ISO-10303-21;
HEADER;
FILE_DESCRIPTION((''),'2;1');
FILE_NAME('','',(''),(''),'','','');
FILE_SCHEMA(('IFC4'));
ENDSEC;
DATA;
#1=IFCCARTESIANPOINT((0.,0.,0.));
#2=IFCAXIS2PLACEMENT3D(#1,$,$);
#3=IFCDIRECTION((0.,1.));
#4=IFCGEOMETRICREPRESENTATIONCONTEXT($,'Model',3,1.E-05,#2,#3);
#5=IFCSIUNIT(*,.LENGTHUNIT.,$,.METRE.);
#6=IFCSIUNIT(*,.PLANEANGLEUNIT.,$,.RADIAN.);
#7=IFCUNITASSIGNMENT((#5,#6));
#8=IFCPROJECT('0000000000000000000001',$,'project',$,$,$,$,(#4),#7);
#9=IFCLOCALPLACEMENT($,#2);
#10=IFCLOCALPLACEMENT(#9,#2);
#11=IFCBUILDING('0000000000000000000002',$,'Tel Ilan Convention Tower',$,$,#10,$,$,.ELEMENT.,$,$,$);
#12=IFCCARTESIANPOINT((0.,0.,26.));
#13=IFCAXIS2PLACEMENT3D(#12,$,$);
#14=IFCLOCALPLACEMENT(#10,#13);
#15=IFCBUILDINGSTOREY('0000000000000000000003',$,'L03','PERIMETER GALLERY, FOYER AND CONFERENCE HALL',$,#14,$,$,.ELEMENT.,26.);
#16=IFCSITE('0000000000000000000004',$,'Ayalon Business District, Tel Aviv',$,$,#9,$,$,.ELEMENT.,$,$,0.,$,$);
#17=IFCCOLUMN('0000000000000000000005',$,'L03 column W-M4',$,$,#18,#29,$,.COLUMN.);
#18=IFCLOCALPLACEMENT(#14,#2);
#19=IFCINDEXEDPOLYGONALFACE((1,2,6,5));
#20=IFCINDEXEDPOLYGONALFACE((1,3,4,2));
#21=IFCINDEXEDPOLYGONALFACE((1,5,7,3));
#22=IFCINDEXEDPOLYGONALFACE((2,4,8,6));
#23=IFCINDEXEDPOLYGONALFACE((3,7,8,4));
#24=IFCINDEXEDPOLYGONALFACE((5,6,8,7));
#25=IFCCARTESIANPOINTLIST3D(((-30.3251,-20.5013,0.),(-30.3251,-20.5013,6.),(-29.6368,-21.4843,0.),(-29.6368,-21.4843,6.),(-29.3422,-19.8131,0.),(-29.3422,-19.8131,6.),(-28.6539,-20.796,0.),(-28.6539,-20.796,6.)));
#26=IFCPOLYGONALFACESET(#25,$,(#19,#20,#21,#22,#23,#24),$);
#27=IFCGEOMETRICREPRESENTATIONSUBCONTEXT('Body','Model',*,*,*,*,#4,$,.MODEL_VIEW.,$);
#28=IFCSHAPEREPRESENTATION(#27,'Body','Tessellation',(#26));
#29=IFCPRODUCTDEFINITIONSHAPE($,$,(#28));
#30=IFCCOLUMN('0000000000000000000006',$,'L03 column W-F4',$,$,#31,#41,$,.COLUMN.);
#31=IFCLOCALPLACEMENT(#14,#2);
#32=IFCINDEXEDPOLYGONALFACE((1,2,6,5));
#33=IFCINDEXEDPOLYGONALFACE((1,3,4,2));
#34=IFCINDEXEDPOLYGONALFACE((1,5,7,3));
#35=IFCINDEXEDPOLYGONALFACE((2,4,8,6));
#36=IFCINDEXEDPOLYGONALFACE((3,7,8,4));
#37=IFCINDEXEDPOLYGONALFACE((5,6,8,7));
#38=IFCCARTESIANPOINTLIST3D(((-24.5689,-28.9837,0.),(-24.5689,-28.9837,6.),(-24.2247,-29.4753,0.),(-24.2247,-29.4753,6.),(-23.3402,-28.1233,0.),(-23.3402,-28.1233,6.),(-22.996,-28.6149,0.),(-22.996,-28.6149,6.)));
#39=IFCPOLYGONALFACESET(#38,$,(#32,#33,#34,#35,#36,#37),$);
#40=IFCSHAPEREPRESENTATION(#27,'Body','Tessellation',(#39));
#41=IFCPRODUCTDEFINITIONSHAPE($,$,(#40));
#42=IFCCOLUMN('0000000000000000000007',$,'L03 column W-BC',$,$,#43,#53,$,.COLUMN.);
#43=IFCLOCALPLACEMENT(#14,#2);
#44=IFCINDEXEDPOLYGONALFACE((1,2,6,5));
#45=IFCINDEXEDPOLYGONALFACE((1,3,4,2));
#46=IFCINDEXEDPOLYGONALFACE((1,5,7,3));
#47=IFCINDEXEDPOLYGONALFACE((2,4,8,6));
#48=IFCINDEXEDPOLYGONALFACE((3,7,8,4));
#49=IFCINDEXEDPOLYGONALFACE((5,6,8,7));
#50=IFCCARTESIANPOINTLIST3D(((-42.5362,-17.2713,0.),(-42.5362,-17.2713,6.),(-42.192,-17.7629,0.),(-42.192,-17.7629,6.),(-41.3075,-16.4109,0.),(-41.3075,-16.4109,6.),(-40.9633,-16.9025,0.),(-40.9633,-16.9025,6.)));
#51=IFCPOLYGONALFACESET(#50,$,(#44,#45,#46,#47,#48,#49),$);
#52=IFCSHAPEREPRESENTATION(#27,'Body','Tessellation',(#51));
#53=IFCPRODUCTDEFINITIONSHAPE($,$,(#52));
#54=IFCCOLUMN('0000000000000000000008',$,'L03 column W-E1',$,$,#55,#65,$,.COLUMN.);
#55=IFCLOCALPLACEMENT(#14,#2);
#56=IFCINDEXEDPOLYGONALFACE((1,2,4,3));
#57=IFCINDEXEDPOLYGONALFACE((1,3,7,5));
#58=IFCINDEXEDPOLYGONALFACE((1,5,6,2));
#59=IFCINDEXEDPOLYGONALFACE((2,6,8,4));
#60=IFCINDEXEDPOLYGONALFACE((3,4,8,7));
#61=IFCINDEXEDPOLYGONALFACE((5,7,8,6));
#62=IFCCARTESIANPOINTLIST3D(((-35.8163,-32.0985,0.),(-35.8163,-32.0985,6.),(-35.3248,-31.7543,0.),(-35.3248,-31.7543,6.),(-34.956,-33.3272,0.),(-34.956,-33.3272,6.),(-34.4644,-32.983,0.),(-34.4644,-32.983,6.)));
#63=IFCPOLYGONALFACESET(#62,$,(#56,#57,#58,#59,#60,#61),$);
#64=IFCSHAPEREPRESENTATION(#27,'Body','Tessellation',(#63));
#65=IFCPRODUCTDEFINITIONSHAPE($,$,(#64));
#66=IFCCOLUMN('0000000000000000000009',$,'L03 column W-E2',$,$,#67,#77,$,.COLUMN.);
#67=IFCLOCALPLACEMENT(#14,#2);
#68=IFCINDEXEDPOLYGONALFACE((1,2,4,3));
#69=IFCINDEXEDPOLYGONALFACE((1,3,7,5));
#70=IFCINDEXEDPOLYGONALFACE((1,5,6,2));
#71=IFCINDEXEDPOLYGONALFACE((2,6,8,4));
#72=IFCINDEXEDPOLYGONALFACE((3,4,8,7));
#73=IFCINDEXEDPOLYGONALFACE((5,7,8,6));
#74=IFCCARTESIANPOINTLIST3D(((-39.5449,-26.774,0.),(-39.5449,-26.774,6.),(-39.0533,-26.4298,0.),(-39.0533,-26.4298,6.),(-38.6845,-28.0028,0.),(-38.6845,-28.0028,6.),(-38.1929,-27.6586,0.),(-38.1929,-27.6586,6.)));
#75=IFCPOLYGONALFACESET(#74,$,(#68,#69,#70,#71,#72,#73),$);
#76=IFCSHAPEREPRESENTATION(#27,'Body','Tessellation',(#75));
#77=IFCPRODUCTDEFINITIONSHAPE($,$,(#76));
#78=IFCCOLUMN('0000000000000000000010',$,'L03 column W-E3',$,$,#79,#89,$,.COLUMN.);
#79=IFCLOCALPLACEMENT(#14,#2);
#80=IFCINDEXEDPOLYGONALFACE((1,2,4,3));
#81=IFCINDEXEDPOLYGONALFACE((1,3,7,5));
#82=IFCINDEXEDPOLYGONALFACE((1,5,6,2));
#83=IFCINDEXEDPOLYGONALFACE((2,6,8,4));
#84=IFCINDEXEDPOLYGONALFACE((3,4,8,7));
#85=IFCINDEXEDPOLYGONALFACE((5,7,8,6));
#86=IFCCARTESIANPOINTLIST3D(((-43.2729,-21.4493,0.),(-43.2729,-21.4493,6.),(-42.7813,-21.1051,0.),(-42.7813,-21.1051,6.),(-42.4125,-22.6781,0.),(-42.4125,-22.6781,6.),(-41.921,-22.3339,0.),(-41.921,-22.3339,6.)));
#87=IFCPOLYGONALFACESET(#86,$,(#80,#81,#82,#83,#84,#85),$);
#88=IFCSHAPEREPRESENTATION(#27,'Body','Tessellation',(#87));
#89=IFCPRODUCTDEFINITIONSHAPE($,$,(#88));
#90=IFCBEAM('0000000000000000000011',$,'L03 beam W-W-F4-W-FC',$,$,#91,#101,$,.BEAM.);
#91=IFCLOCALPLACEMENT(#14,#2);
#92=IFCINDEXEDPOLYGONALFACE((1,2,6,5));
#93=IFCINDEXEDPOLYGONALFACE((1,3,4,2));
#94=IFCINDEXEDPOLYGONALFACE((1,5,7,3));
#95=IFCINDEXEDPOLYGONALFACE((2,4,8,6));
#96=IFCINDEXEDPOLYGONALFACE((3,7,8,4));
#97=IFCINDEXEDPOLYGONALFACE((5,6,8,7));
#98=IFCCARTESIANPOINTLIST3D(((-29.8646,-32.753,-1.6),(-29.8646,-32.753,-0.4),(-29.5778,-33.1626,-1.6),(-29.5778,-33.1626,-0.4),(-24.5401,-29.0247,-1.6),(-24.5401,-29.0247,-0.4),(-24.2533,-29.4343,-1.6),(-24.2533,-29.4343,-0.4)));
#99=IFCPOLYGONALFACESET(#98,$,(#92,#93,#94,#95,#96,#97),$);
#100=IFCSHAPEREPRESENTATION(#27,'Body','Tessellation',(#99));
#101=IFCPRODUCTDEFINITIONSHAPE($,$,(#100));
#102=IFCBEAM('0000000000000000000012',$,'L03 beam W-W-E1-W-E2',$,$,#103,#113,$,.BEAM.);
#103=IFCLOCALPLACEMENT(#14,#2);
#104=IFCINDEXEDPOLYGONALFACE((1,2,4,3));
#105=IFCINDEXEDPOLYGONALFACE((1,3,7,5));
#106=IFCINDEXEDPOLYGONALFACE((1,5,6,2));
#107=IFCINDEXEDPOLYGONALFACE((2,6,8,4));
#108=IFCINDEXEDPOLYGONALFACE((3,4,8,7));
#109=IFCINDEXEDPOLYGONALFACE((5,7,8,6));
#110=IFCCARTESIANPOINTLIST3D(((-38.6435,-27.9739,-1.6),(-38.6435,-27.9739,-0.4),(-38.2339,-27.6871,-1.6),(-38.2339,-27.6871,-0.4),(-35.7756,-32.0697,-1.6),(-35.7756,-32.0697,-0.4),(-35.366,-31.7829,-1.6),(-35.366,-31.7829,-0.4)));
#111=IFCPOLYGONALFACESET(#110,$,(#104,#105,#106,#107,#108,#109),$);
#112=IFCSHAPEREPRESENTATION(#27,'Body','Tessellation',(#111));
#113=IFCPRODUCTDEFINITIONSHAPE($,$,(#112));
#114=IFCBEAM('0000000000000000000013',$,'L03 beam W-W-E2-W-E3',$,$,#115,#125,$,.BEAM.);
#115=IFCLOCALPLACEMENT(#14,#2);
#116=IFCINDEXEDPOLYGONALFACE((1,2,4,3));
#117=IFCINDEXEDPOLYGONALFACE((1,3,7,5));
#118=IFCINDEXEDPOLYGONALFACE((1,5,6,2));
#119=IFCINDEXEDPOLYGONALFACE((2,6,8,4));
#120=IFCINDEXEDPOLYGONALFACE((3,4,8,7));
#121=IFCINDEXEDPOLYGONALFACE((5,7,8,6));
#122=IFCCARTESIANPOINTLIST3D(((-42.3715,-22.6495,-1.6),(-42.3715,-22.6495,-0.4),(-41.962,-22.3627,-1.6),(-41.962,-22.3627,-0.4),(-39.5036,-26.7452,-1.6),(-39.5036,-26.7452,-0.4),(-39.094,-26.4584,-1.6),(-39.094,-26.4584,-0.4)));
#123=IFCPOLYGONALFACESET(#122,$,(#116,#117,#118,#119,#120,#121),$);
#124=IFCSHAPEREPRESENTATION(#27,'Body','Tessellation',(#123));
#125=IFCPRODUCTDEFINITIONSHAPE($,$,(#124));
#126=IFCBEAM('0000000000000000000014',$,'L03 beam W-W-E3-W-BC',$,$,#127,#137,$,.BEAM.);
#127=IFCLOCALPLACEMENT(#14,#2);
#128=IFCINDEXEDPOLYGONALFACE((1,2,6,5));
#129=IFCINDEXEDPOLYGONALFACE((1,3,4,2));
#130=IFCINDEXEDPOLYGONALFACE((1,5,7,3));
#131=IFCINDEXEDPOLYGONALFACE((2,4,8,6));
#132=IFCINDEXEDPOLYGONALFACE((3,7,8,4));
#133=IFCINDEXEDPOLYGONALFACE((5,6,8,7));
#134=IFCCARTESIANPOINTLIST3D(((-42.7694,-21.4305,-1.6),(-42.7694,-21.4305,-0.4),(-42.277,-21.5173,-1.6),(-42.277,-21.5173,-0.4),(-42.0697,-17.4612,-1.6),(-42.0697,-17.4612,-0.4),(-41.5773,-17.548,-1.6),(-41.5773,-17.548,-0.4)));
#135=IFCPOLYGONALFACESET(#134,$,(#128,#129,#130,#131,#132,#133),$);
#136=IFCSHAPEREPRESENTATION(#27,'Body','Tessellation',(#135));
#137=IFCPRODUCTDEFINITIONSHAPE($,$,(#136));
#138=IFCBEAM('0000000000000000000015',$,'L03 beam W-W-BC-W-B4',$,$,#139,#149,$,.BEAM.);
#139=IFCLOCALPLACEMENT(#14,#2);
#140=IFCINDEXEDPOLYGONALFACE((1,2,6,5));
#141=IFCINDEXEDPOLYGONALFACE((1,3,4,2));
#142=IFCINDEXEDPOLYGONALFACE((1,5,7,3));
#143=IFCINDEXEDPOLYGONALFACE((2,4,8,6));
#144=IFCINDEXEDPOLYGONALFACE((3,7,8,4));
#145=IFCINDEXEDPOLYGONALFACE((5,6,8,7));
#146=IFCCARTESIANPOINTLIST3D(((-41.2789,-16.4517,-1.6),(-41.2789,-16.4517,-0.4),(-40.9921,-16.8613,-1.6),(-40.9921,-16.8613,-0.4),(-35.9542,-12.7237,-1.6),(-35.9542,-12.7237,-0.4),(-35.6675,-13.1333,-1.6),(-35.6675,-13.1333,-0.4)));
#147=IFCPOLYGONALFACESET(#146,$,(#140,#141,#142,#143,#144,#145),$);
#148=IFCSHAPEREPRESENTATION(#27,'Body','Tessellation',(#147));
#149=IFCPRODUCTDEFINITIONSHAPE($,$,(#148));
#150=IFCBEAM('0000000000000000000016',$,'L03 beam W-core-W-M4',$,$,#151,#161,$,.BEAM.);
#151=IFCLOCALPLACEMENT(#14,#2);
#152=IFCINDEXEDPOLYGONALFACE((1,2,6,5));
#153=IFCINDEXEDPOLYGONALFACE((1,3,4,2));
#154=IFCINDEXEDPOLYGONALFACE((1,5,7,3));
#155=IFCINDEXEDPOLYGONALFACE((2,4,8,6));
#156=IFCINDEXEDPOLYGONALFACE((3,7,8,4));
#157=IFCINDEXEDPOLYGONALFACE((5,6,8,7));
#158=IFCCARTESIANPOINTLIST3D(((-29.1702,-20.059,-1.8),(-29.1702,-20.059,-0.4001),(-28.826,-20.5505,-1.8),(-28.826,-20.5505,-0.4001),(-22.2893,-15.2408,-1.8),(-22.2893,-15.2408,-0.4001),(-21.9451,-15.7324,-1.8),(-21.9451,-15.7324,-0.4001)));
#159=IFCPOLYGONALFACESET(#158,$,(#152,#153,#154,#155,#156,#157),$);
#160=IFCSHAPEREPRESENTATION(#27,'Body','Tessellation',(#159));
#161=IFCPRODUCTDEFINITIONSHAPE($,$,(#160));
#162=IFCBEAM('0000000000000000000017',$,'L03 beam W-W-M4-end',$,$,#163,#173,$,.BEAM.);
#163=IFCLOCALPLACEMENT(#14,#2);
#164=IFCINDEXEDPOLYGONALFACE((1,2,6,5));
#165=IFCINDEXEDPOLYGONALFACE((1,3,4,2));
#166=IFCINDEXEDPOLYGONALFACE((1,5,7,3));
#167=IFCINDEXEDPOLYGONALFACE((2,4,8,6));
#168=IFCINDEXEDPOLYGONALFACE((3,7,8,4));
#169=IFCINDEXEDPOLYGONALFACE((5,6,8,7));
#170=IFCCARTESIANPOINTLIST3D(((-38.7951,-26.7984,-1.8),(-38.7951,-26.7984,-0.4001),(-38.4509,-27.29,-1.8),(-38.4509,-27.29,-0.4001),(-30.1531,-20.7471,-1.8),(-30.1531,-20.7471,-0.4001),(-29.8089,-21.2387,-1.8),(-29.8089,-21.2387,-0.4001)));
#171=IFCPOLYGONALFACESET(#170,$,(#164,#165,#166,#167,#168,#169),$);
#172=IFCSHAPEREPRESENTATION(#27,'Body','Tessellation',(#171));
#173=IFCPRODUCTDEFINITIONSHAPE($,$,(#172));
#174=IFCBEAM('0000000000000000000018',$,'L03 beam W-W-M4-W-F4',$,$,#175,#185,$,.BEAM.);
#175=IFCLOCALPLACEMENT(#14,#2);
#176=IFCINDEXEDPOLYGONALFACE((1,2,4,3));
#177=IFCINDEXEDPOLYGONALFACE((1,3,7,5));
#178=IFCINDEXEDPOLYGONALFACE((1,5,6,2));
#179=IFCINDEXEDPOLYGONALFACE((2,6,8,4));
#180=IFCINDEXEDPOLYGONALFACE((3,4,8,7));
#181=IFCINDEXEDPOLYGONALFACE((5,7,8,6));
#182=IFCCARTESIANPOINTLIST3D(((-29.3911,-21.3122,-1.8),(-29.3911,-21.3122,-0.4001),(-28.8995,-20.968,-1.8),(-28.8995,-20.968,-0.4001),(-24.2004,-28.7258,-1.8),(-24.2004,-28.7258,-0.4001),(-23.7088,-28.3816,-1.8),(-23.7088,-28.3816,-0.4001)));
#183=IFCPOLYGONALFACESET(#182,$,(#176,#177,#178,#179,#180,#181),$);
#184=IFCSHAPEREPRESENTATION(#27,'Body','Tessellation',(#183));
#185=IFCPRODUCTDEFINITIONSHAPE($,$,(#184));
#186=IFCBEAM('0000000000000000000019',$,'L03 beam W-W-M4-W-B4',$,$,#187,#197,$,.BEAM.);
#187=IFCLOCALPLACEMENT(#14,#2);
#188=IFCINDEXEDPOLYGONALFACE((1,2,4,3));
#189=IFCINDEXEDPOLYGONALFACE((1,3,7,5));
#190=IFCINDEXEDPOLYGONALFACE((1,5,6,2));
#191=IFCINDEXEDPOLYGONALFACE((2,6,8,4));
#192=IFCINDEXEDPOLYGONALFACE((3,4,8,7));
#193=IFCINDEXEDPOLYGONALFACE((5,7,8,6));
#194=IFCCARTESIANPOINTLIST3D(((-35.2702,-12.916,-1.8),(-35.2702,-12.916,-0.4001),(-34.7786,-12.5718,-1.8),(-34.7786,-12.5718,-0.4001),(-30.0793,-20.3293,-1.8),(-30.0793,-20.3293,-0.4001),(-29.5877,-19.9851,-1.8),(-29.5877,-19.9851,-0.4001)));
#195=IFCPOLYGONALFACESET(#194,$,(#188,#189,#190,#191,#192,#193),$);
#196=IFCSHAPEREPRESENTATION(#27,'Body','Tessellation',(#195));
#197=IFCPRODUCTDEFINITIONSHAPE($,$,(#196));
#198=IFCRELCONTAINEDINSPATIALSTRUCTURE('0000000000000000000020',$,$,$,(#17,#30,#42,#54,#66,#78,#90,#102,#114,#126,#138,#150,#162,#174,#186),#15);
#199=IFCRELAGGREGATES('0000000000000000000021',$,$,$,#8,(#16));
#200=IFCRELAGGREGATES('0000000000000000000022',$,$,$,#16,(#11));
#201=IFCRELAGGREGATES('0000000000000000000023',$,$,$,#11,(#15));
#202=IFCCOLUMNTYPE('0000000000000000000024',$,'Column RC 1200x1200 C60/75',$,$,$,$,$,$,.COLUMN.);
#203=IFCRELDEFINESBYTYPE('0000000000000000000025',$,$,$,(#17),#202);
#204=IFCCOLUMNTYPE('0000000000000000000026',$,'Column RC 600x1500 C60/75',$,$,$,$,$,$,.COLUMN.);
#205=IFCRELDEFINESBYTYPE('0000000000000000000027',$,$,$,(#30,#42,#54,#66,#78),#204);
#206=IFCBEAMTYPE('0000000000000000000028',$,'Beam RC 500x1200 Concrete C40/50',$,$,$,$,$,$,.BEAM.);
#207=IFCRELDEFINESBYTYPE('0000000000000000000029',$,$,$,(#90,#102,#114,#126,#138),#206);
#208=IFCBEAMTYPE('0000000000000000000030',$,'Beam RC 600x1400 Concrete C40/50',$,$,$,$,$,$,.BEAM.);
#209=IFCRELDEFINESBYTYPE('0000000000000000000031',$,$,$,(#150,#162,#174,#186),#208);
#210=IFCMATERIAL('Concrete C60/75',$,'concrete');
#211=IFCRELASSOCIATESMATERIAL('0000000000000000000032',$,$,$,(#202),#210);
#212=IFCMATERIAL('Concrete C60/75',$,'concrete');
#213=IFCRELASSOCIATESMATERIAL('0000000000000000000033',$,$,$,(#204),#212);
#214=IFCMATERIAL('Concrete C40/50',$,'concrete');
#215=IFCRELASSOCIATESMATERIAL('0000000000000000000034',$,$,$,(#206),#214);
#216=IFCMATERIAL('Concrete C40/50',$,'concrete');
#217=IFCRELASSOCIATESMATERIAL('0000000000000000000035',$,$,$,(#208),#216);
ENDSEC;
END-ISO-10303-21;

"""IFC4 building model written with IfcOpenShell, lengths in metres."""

from ifc_helpers import new_model, si_unit, direction, frame, origin, origin_2d, place, context, subcontext, project, spatial, rectangle, extrude, material, material_profile, profile_set, type_object, element, save


model = new_model("IFC4")

# Units and contexts
model_context = context("Model", 3, precision=1e-05, world=origin(), true_north=direction((0.0, 1.0)))
body_context = subcontext(model_context, "Body", "Model", "MODEL_VIEW")
ifc_project = project(units=[si_unit("LENGTHUNIT", "METRE"), si_unit("PLANEANGLEUNIT", "RADIAN")], contexts=[model_context])

# Site, building, storey
site_placement = place(None, origin())
site = spatial("IfcSite", under=ifc_project, at=site_placement, Name="Ayalon Business District, Tel Aviv", CompositionType="ELEMENT", RefElevation=0.0)
building_placement = place(site_placement, origin())
building = spatial("IfcBuilding", under=site, at=building_placement, Name="Tel Ilan Convention Tower", CompositionType="ELEMENT")
storey_placement = place(building_placement, frame((0.0, 0.0, 26.0)))
storey = spatial("IfcBuildingStorey", under=building, at=storey_placement, Name="L03", Description="PERIMETER GALLERY, FOYER AND CONFERENCE HALL", CompositionType="ELEMENT", Elevation=26.0)

# Columns
ifc_material_1 = material(Name="Concrete C60/75", Category="concrete")
ifc_material_profile_1 = material_profile(ifc_material_1, rectangle(XDim=1.2, YDim=1.2, at=origin_2d()), Name="RC 1200x1200")
ifc_profile_set_1 = profile_set([ifc_material_profile_1], Name="Concrete C60/75")
column_type_1 = type_object("IfcColumnType", Name="Column RC 1200x1200 C60/75", PredefinedType="COLUMN", material=ifc_profile_set_1)
column_placement = place(storey_placement, frame((-29.4895, -20.6487, 0.0), z_axis=(0.0, 0.0, 1.0), x_axis=(-0.819152, -0.573576, 0.0)))
element("IfcColumn", 1, at=column_placement, inside=storey, type_object=column_type_1, Name="L03 column W-M4", PredefinedType="COLUMN", context=body_context, shape_type="SweptSolid", body=[
    extrude(rectangle(XDim=1.2, YDim=1.2, at=origin_2d()), origin(), (0.0, 0.0, 1.0), 6.0),
])
ifc_material_2 = material(Name="Concrete C60/75", Category="concrete")
ifc_material_profile_2 = material_profile(ifc_material_2, rectangle(XDim=1.5, YDim=0.6001, at=origin_2d()), Name="RC 600x1500")
ifc_profile_set_2 = profile_set([ifc_material_profile_2], Name="Concrete C60/75")
column_type_2 = type_object("IfcColumnType", Name="Column RC 600x1500 C60/75", PredefinedType="COLUMN", material=ifc_profile_set_2)
for number, where, z_axis, x_axis, name in (
    (2, (-23.7825, -28.7993, 0.0), (0.0, 0.0, 1.0), (-0.819152, -0.573576, 0.0), "L03 column W-F4"),
    (3, (-41.7498, -17.0869, 0.0), (0.0, 0.0, 1.0), (-0.819152, -0.573576, 0.0), "L03 column W-BC"),
    (4, (-35.1404, -32.5408, 0.0), (0.0, 0.0, 1.0), (-0.573576, 0.819152, 0.0), "L03 column W-E1"),
    (5, (-38.8689, -27.2163, 0.0), (0.0, 0.0, 1.0), (-0.573576, 0.819152, 0.0), "L03 column W-E2"),
    (6, (-42.5969, -21.8916, 0.0), (0.0, 0.0, 1.0), (-0.573576, 0.819152, 0.0), "L03 column W-E3"),
):
    element("IfcColumn", number, at=place(storey_placement, frame(where, z_axis=z_axis, x_axis=x_axis)), inside=storey, type_object=column_type_2, Name=name, PredefinedType="COLUMN", context=body_context, shape_type="SweptSolid", body=[
        extrude(rectangle(XDim=1.5, YDim=0.6001, at=origin_2d()), origin(), (0.0, 0.0, 1.0), 6.0),
    ])

# Beams
ifc_material_3 = material(Name="Concrete C40/50", Category="concrete")
ifc_material_profile_3 = material_profile(ifc_material_3, rectangle(XDim=0.5, YDim=1.2, at=origin_2d()), Name="RC 500x1200")
ifc_profile_set_3 = profile_set([ifc_material_profile_3], Name="Concrete C40/50")
beam_type_1 = type_object("IfcBeamType", Name="Beam RC 500x1200 Concrete C40/50", PredefinedType="BEAM", material=ifc_profile_set_3)
beam_1_placement = place(storey_placement, frame((-24.3967, -29.2295, -1.0), z_axis=(-0.819149, -0.573581, 0.0), x_axis=(0.573581, -0.819149, 0.0)))
element("IfcBeam", 7, at=beam_1_placement, inside=storey, type_object=beam_type_1, Name="L03 beam W-W-F4-W-FC", PredefinedType="BEAM", context=body_context, shape_type="SweptSolid", body=[
    extrude(rectangle(XDim=0.5, YDim=1.2, at=origin_2d()), origin(), (0.0, 0.0, 1.0), 6.5),
])
for number, where, z_axis, x_axis, name in (
    (8, (-35.5708, -31.9263, -1.0), (-0.573587, 0.819145, 0.0), (-0.819145, -0.573587, 0.0), "L03 beam W-W-E1-W-E2"),
    (9, (-39.2988, -26.6018, -1.0), (-0.573587, 0.819145, 0.0), (-0.819145, -0.573587, 0.0), "L03 beam W-W-E2-W-E3"),
):
    element("IfcBeam", number, at=place(storey_placement, frame(where, z_axis=z_axis, x_axis=x_axis)), inside=storey, type_object=beam_type_1, Name=name, PredefinedType="BEAM", context=body_context, shape_type="SweptSolid", body=[
        extrude(rectangle(XDim=0.5, YDim=1.2, at=origin_2d()), origin(), (0.0, 0.0, 1.0), 5.0),
    ])
beam_2_placement = place(storey_placement, frame((-42.5232, -21.4739, -1.0), z_axis=(0.173606, 0.984815, 0.0), x_axis=(-0.984815, 0.173606, 0.0)))
element("IfcBeam", 10, at=beam_2_placement, inside=storey, type_object=beam_type_1, Name="L03 beam W-W-E3-W-BC", PredefinedType="BEAM", context=body_context, shape_type="SweptSolid", body=[
    extrude(rectangle(XDim=0.5, YDim=1.2, at=origin_2d()), origin(), (0.0, 0.0, 1.0), 4.0305),
])
beam_3_placement = place(storey_placement, frame((-41.1355, -16.6565, -1.0), z_axis=(0.819179, 0.573538, 0.0), x_axis=(-0.573538, 0.819179, 0.0)))
element("IfcBeam", 11, at=beam_3_placement, inside=storey, type_object=beam_type_1, Name="L03 beam W-W-BC-W-B4", PredefinedType="BEAM", context=body_context, shape_type="SweptSolid", body=[
    extrude(rectangle(XDim=0.5, YDim=1.2, at=origin_2d()), origin(), (0.0, 0.0, 1.0), 6.5),
])
ifc_material_4 = material(Name="Concrete C40/50", Category="concrete")
ifc_material_profile_4 = material_profile(ifc_material_4, rectangle(XDim=0.6001, YDim=1.3999, at=origin_2d()), Name="RC 600x1400")
ifc_profile_set_4 = profile_set([ifc_material_profile_4], Name="Concrete C40/50")
beam_type_2 = type_object("IfcBeamType", Name="Beam RC 600x1400 Concrete C40/50", PredefinedType="BEAM", material=ifc_profile_set_4)
beam_4_placement = place(storey_placement, frame((-22.1172, -15.4866, -1.1001), z_axis=(-0.819147, -0.573583, 0.0), x_axis=(0.573583, -0.819147, 0.0)))
element("IfcBeam", 12, at=beam_4_placement, inside=storey, type_object=beam_type_2, Name="L03 beam W-core-W-M4", PredefinedType="BEAM", context=body_context, shape_type="SweptSolid", body=[
    extrude(rectangle(XDim=0.6001, YDim=1.3999, at=origin_2d()), origin(), (0.0, 0.0, 1.0), 8.4001),
])
beam_5_placement = place(storey_placement, frame((-29.981, -20.9929, -1.1001), z_axis=(-0.819151, -0.573577, 0.0), x_axis=(0.573577, -0.819151, 0.0)))
element("IfcBeam", 13, at=beam_5_placement, inside=storey, type_object=beam_type_2, Name="L03 beam W-W-M4-end", PredefinedType="BEAM", context=body_context, shape_type="SweptSolid", body=[
    extrude(rectangle(XDim=0.6001, YDim=1.3999, at=origin_2d()), origin(), (0.0, 0.0, 1.0), 10.55),
])
for number, where, z_axis, x_axis, name in (
    (14, (-29.1453, -21.1401, -1.1001), (0.573549, -0.819171, 0.0), (0.819171, 0.573549, 0.0), "L03 beam W-W-M4-W-F4"),
    (15, (-29.8335, -20.1572, -1.1001), (-0.57358, 0.81915, 0.0), (-0.81915, -0.57358, 0.0), "L03 beam W-W-M4-W-B4"),
):
    element("IfcBeam", number, at=place(storey_placement, frame(where, z_axis=z_axis, x_axis=x_axis)), inside=storey, type_object=beam_type_2, Name=name, PredefinedType="BEAM", context=body_context, shape_type="SweptSolid", body=[
        extrude(rectangle(XDim=0.6001, YDim=1.3999, at=origin_2d()), origin(), (0.0, 0.0, 1.0), 9.05),
    ])

save(model, "model.ifc")
